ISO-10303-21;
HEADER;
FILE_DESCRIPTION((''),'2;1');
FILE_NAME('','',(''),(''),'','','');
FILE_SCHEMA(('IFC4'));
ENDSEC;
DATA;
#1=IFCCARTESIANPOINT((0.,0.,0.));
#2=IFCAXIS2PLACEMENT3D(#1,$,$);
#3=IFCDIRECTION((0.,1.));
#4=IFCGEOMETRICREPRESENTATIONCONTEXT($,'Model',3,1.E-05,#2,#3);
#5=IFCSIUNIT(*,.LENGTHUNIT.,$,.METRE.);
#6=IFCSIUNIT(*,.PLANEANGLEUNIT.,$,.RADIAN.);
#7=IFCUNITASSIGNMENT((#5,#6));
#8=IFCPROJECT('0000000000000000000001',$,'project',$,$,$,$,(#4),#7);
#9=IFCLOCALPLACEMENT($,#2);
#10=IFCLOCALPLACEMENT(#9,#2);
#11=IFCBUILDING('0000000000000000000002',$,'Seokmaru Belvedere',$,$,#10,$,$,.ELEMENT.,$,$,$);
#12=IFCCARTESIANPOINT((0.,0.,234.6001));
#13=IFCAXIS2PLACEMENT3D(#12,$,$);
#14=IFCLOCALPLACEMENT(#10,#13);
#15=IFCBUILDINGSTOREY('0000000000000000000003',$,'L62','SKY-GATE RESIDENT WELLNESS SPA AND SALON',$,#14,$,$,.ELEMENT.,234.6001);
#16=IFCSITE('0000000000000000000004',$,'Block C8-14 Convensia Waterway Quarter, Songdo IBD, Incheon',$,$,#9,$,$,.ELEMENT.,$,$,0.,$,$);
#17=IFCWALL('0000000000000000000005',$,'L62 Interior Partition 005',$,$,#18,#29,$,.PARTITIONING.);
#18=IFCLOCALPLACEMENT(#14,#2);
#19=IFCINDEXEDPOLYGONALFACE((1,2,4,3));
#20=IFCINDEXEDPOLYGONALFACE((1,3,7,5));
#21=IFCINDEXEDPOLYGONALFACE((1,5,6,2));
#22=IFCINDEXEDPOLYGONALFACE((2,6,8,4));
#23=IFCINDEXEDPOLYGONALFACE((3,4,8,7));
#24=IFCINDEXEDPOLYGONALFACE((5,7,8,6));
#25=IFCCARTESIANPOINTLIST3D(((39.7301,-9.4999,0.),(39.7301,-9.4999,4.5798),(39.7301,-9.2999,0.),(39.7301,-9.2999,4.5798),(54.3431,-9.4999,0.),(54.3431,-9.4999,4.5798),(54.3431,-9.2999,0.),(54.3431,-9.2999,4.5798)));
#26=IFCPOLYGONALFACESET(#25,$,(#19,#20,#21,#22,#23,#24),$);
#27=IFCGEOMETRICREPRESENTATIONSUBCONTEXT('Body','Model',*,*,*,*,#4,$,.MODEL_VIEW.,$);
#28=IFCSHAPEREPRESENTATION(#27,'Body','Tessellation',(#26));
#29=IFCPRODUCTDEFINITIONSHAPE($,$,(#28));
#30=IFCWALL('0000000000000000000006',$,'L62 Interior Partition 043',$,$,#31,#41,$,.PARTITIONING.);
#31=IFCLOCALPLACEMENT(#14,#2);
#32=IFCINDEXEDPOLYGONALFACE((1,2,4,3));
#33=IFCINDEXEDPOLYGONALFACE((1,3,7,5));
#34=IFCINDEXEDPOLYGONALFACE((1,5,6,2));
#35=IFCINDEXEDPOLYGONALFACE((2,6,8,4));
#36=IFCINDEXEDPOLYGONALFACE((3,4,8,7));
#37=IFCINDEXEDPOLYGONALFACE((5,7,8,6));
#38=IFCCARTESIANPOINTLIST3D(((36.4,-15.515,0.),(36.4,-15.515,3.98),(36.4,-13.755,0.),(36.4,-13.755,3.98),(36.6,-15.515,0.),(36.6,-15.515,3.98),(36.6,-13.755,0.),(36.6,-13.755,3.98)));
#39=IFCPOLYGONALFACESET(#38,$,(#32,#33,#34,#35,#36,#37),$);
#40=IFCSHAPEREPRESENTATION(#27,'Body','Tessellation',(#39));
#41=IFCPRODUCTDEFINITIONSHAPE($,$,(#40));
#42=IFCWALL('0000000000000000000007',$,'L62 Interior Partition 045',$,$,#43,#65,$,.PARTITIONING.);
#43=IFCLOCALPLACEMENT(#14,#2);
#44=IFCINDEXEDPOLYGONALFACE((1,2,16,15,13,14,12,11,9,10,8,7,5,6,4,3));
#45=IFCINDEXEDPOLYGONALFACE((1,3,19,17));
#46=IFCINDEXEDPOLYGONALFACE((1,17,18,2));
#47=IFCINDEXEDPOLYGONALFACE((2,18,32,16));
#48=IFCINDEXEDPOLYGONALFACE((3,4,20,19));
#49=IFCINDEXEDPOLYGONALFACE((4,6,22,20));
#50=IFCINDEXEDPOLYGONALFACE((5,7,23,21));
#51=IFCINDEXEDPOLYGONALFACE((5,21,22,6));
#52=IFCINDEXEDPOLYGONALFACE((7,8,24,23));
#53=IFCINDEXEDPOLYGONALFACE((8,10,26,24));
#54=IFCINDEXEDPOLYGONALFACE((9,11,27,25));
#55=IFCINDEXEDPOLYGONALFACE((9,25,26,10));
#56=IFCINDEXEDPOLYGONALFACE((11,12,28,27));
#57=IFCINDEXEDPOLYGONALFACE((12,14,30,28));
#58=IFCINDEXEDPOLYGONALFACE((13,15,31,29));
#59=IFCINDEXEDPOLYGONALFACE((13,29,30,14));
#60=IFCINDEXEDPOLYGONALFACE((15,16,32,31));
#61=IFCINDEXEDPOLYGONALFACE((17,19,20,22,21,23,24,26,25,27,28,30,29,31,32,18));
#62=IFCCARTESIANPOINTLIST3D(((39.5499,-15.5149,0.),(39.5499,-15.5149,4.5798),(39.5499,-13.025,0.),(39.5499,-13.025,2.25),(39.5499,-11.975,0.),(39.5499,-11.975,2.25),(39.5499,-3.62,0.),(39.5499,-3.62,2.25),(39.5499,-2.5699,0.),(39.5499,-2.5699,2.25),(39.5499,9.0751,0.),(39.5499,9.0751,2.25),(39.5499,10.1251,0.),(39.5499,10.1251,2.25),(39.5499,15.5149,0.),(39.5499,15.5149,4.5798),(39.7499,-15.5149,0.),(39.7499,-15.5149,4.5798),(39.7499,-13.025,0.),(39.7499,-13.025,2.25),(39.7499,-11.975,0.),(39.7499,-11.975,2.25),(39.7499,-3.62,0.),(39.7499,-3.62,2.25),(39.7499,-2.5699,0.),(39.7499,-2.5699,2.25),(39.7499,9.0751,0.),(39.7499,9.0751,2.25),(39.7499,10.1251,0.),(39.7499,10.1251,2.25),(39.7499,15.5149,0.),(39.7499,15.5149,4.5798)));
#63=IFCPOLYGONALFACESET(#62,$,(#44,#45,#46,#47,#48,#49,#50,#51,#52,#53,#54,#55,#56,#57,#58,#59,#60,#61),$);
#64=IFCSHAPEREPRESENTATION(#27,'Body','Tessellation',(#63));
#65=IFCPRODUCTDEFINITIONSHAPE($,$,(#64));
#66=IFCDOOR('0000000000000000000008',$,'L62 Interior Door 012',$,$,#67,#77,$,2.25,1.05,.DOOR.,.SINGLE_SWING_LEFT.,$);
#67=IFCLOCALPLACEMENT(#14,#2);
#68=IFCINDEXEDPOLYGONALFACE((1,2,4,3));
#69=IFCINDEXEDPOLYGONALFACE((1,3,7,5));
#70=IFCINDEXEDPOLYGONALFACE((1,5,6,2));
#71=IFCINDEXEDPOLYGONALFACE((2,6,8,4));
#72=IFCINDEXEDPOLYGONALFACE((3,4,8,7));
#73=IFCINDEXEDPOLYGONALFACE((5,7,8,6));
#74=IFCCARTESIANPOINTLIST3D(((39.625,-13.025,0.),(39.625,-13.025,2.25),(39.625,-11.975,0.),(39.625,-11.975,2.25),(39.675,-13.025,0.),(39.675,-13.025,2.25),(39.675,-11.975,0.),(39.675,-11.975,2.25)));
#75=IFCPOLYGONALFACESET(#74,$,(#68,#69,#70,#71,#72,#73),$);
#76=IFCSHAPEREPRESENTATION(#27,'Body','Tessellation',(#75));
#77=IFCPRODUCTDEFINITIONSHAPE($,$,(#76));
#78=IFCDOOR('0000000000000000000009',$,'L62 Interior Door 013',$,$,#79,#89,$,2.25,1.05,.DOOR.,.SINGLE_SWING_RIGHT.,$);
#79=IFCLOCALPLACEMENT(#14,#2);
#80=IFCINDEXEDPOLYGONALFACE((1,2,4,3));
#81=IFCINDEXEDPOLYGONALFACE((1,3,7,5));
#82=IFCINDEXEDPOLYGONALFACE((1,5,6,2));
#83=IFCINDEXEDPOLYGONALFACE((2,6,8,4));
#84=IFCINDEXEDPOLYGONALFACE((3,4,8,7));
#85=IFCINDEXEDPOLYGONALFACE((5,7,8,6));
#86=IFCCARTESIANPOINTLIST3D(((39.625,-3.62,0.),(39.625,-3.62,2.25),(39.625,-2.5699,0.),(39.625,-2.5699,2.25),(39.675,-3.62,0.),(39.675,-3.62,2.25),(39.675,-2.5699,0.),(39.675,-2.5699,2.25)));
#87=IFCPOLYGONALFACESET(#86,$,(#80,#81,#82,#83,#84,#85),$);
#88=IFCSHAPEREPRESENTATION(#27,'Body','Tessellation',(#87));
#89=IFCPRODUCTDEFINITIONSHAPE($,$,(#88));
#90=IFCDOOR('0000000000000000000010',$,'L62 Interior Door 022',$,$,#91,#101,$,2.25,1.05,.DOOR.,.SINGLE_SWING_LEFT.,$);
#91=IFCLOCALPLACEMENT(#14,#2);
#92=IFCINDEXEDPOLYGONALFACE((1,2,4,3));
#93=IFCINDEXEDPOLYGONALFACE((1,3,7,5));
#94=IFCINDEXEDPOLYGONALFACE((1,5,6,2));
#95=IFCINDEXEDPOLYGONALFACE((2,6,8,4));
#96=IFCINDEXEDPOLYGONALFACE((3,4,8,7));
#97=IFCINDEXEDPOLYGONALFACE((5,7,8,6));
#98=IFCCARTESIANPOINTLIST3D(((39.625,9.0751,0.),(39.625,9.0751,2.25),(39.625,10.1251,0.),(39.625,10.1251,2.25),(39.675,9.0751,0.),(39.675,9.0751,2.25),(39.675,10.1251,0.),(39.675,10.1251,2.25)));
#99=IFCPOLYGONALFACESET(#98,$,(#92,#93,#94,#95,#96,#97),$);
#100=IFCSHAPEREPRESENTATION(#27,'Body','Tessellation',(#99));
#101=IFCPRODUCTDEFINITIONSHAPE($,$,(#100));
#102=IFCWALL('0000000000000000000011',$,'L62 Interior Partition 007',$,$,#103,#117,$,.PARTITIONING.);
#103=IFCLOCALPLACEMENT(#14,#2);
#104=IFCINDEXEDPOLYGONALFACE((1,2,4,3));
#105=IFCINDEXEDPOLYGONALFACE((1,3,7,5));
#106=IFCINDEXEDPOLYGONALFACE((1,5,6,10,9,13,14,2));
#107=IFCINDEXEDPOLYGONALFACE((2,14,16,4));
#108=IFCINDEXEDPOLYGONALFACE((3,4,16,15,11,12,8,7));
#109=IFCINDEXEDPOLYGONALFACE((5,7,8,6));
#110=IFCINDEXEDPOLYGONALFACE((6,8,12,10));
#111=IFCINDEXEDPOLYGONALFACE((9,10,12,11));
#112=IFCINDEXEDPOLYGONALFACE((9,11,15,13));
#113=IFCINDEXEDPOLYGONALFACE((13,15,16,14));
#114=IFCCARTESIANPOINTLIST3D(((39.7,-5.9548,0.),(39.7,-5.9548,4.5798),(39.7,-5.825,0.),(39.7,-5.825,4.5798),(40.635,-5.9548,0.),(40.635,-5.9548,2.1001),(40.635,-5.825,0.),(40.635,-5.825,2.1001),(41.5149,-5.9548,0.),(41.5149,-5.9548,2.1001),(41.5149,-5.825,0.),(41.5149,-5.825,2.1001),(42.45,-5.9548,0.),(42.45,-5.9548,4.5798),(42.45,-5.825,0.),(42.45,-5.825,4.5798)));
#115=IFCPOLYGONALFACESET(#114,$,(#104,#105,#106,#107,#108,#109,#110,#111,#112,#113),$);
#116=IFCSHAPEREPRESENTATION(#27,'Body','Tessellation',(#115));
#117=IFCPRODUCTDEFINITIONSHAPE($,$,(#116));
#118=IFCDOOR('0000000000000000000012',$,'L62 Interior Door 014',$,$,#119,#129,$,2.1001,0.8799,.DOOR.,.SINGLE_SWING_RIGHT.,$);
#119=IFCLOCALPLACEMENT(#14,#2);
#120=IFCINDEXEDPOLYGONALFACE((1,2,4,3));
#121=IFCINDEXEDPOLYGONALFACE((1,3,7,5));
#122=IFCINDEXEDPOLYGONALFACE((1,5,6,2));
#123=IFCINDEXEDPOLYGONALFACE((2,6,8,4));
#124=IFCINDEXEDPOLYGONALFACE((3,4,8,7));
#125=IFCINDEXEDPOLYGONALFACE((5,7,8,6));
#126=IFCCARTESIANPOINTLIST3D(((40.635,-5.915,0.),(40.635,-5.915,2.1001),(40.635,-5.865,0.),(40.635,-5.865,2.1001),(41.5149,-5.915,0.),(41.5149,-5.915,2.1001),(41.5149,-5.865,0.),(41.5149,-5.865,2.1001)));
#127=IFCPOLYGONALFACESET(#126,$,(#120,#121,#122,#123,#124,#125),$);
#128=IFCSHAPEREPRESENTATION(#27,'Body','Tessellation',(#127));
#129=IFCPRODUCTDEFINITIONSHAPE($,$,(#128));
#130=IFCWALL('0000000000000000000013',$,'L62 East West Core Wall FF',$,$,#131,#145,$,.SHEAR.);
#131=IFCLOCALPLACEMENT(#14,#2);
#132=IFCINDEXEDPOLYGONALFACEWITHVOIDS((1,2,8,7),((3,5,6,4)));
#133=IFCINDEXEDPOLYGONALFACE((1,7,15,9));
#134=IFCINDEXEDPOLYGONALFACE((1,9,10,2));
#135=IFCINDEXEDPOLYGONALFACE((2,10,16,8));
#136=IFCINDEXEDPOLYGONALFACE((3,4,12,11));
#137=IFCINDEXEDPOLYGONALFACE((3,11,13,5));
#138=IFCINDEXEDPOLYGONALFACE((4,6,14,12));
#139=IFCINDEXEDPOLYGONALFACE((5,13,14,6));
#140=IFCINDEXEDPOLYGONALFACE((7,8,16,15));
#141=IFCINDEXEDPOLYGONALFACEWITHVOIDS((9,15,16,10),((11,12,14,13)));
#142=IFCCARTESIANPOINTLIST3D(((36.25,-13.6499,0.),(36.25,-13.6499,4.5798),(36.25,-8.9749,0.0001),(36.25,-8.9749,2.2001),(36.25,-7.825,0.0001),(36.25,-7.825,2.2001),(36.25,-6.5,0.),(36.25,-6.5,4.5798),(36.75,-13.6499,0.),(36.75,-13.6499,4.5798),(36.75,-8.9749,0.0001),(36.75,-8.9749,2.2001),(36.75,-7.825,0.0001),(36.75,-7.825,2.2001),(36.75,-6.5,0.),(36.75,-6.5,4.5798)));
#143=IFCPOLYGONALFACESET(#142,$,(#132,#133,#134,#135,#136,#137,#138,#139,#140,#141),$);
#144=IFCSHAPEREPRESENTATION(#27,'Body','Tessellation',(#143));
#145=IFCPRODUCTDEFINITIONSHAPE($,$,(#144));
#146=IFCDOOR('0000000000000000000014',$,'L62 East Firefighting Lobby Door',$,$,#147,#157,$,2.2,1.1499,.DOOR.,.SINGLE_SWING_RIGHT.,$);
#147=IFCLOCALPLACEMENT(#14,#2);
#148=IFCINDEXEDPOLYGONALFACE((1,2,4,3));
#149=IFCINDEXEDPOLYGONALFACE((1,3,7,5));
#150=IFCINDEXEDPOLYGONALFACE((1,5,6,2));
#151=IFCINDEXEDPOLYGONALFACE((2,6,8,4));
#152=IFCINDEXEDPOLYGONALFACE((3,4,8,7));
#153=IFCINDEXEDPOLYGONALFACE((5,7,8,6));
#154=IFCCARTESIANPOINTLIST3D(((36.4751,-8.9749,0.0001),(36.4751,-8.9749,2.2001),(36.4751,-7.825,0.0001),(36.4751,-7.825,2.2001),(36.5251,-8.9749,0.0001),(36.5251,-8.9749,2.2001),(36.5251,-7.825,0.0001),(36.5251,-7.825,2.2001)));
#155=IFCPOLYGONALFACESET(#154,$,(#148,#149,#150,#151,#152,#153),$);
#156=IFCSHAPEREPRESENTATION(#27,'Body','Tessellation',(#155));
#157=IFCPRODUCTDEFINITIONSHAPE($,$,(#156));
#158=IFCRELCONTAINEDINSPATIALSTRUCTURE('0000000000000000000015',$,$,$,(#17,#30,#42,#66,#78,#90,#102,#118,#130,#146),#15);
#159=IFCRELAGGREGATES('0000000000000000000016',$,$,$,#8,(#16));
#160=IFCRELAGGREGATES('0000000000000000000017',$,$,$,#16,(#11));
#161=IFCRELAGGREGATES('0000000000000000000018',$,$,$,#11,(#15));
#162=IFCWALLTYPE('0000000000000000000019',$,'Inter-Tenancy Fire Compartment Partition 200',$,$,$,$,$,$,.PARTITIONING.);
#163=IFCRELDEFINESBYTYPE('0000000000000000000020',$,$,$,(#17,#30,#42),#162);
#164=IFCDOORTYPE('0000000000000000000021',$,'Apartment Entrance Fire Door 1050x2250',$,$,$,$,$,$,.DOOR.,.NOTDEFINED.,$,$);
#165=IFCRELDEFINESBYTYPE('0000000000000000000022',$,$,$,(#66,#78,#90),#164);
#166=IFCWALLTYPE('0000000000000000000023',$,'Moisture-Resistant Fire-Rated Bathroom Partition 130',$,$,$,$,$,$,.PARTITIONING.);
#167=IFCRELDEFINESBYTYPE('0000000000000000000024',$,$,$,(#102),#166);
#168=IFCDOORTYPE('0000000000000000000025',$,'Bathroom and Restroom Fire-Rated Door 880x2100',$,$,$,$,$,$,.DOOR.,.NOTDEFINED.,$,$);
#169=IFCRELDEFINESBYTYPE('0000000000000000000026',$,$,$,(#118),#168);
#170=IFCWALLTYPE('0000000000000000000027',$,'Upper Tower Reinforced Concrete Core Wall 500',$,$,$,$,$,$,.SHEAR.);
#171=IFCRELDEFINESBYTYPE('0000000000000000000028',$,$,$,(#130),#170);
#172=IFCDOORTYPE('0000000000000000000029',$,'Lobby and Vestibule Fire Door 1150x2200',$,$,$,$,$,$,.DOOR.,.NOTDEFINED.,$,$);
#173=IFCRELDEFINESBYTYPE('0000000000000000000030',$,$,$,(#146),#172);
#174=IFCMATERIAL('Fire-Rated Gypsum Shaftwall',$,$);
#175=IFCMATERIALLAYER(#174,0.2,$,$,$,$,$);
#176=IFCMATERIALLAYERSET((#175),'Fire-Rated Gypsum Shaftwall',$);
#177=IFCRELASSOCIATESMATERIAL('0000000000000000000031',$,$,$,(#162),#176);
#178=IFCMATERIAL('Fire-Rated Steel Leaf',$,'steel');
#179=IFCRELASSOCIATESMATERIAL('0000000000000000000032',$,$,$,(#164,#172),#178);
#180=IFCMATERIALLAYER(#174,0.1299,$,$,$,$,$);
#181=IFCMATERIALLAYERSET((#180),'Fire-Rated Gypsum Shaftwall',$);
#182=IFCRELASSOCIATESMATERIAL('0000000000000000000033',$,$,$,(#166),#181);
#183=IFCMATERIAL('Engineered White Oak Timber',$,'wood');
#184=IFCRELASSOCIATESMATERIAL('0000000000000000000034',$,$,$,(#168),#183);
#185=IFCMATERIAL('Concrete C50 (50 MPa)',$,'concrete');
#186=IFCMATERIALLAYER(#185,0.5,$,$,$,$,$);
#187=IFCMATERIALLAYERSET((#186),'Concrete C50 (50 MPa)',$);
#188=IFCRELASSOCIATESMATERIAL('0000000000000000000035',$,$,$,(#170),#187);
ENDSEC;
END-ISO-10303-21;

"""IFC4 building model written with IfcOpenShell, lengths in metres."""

from ifc_helpers import new_model, si_unit, direction, frame, frame_2d, origin, place, context, subcontext, project, spatial, rectangle, extrude, source, transform, mapped, material, layer, layer_set, type_object, type_shapes, element, fill, save


model = new_model("IFC4")

# Units and contexts
model_context = context("Model", 3, precision=1e-05, world=origin(), true_north=direction((0.0, 1.0)))
body_context = subcontext(model_context, "Body", "Model", "MODEL_VIEW")
ifc_project = project(units=[si_unit("LENGTHUNIT", "METRE"), si_unit("PLANEANGLEUNIT", "RADIAN")], contexts=[model_context])

# Site, building, storey
site_placement = place(None, origin())
site = spatial("IfcSite", under=ifc_project, at=site_placement, Name="Block C8-14 Convensia Waterway Quarter, Songdo IBD, Incheon", CompositionType="ELEMENT", RefElevation=0.0)
building_placement = place(site_placement, origin())
building = spatial("IfcBuilding", under=site, at=building_placement, Name="Seokmaru Belvedere", CompositionType="ELEMENT")
storey_placement = place(building_placement, frame((0.0, 0.0, 234.6001)))
storey = spatial("IfcBuildingStorey", under=building, at=storey_placement, Name="L62", Description="SKY-GATE RESIDENT WELLNESS SPA AND SALON", CompositionType="ELEMENT", Elevation=234.6001)

# Walls
ifc_material_1 = material(Name="Fire-Rated Gypsum Shaftwall")
ifc_layer_1 = layer(ifc_material_1, 0.2)
ifc_layer_set_1 = layer_set([ifc_layer_1], Name="Fire-Rated Gypsum Shaftwall")
wall_type_1 = type_object("IfcWallType", Name="Inter-Tenancy Fire Compartment Partition 200", PredefinedType="PARTITIONING", material=ifc_layer_set_1)
wall_1_placement = place(storey_placement, frame((39.73, -9.3999, 0.0), z_axis=(0.0, 0.0, 1.0), x_axis=(1.0, 0.0, 0.0)))
element("IfcWall", 1, at=wall_1_placement, inside=storey, type_object=wall_type_1, Name="L62 Interior Partition 005", PredefinedType="PARTITIONING", context=body_context, shape_type="SweptSolid", body=[
    extrude(rectangle(XDim=14.613, YDim=0.2, at=frame_2d((7.3066, 0.0))), origin(), (0.0, 0.0, 1.0), 4.5798),
])
wall_2_placement = place(storey_placement, frame((36.5, -15.5149, 0.0), z_axis=(0.0, 0.0, 1.0), x_axis=(0.0, 1.0, 0.0)))
element("IfcWall", 2, at=wall_2_placement, inside=storey, type_object=wall_type_1, Name="L62 Interior Partition 043", PredefinedType="PARTITIONING", context=body_context, shape_type="SweptSolid", body=[
    extrude(rectangle(XDim=1.76, YDim=0.2, at=frame_2d((0.8799, 0.0))), origin(), (0.0, 0.0, 1.0), 3.98),
])

# Wall, openings, doors
wall_3_placement = place(storey_placement, frame((39.6499, -15.5149, 0.0), z_axis=(0.0, 0.0, 1.0), x_axis=(0.0, 1.0, 0.0)))
wall_3 = element("IfcWall", 3, at=wall_3_placement, inside=storey, type_object=wall_type_1, Name="L62 Interior Partition 045", PredefinedType="PARTITIONING", context=body_context, shape_type="SweptSolid", body=[
    extrude(rectangle(XDim=31.0298, YDim=0.2, at=frame_2d((15.5149, 0.0))), origin(), (0.0, 0.0, 1.0), 4.5798),
])
opening_1_placement = place(wall_3_placement, frame((2.49, 0.0, 0.0)))
opening_1 = element("IfcOpeningElement", 4, at=opening_1_placement, cuts=wall_3, PredefinedType="OPENING", context=body_context, shape_type="SweptSolid", body=[
    extrude(rectangle(XDim=1.05, YDim=2.25, at=frame_2d((0.5249, 1.125))), frame((0.0, 0.1099, 0.0), z_axis=(0.0, -1.0, 0.0), x_axis=(1.0, 0.0, 0.0)), (0.0, 0.0, 1.0), 0.22),
])
opening_2_placement = place(wall_3_placement, frame((11.895, 0.0, 0.0)))
opening_2 = element("IfcOpeningElement", 5, at=opening_2_placement, cuts=wall_3, PredefinedType="OPENING", context=body_context, shape_type="SweptSolid", body=[
    extrude(rectangle(XDim=1.05, YDim=2.25, at=frame_2d((0.5249, 1.125))), frame((0.0, 0.1099, 0.0), z_axis=(0.0, -1.0, 0.0), x_axis=(1.0, 0.0, 0.0)), (0.0, 0.0, 1.0), 0.22),
])
opening_3_placement = place(wall_3_placement, frame((24.5901, 0.0, 0.0)))
opening_3 = element("IfcOpeningElement", 6, at=opening_3_placement, cuts=wall_3, PredefinedType="OPENING", context=body_context, shape_type="SweptSolid", body=[
    extrude(rectangle(XDim=1.05, YDim=2.25, at=frame_2d((0.5249, 1.125))), frame((0.0, 0.1099, 0.0), z_axis=(0.0, -1.0, 0.0), x_axis=(1.0, 0.0, 0.0)), (0.0, 0.0, 1.0), 0.22),
])
ifc_material_2 = material(Name="Fire-Rated Steel Leaf", Category="steel")
door_type_1 = type_object("IfcDoorType", Name="Apartment Entrance Fire Door 1050x2250", OperationType="NOTDEFINED", PredefinedType="DOOR", material=ifc_material_2)
shared_shape_1 = source(origin(), body_context, "Body", "SweptSolid", [
    extrude(rectangle(XDim=1.05, YDim=2.25, at=frame_2d((0.5249, 1.125))), frame((0.0, 0.0249, 0.0), z_axis=(0.0, -1.0, 0.0), x_axis=(1.0, 0.0, 0.0)), (0.0, 0.0, 1.0), 0.05),
])
type_shapes(door_type_1, [shared_shape_1])
door_1_placement = place(opening_1_placement, origin())
door_1 = element("IfcDoor", 7, at=door_1_placement, inside=storey, type_object=door_type_1, Name="L62 Interior Door 012", OperationType="SINGLE_SWING_LEFT", OverallHeight=2.25, OverallWidth=1.05, PredefinedType="DOOR", context=body_context, shape_type="MappedRepresentation", body=[
    mapped(shared_shape_1, transform((0.0, 0.0, 0.0), scale=1.0)),
])
fill(opening_1, door_1)
door_2_placement = place(opening_2_placement, origin())
door_2 = element("IfcDoor", 8, at=door_2_placement, inside=storey, type_object=door_type_1, Name="L62 Interior Door 013", OperationType="SINGLE_SWING_RIGHT", OverallHeight=2.25, OverallWidth=1.05, PredefinedType="DOOR", context=body_context, shape_type="MappedRepresentation", body=[
    mapped(shared_shape_1, transform((0.0, 0.0, 0.0), scale=1.0)),
])
fill(opening_2, door_2)
door_3_placement = place(opening_3_placement, origin())
door_3 = element("IfcDoor", 9, at=door_3_placement, inside=storey, type_object=door_type_1, Name="L62 Interior Door 022", OperationType="SINGLE_SWING_LEFT", OverallHeight=2.25, OverallWidth=1.05, PredefinedType="DOOR", context=body_context, shape_type="MappedRepresentation", body=[
    mapped(shared_shape_1, transform((0.0, 0.0, 0.0), scale=1.0)),
])
fill(opening_3, door_3)

# Walls, openings, doors
ifc_layer_2 = layer(ifc_material_1, 0.1299)
ifc_layer_set_2 = layer_set([ifc_layer_2], Name="Fire-Rated Gypsum Shaftwall")
wall_type_2 = type_object("IfcWallType", Name="Moisture-Resistant Fire-Rated Bathroom Partition 130", PredefinedType="PARTITIONING", material=ifc_layer_set_2)
wall_4_placement = place(storey_placement, frame((39.7, -5.8899, 0.0), z_axis=(0.0, 0.0, 1.0), x_axis=(1.0, 0.0, 0.0)))
wall_4 = element("IfcWall", 10, at=wall_4_placement, inside=storey, type_object=wall_type_2, Name="L62 Interior Partition 007", PredefinedType="PARTITIONING", context=body_context, shape_type="SweptSolid", body=[
    extrude(rectangle(XDim=2.75, YDim=0.1299, at=frame_2d((1.375, 0.0))), origin(), (0.0, 0.0, 1.0), 4.5798),
])
opening_4_placement = place(wall_4_placement, frame((0.9351, 0.0, 0.0)))
opening_4 = element("IfcOpeningElement", 11, at=opening_4_placement, cuts=wall_4, PredefinedType="OPENING", context=body_context, shape_type="SweptSolid", body=[
    extrude(rectangle(XDim=0.8799, YDim=2.1001, at=frame_2d((0.4399, 1.05))), frame((0.0, 0.075, 0.0), z_axis=(0.0, -1.0, 0.0), x_axis=(1.0, 0.0, 0.0)), (0.0, 0.0, 1.0), 0.1499),
])
ifc_material_3 = material(Name="Engineered White Oak Timber", Category="wood")
door_type_2 = type_object("IfcDoorType", Name="Bathroom and Restroom Fire-Rated Door 880x2100", OperationType="NOTDEFINED", PredefinedType="DOOR", material=ifc_material_3)
shared_shape_2 = source(origin(), body_context, "Body", "SweptSolid", [
    extrude(rectangle(XDim=0.8799, YDim=2.1001, at=frame_2d((0.4399, 1.05))), frame((0.0, 0.0249, 0.0), z_axis=(0.0, -1.0, 0.0), x_axis=(1.0, 0.0, 0.0)), (0.0, 0.0, 1.0), 0.05),
])
type_shapes(door_type_2, [shared_shape_2])
door_4_placement = place(opening_4_placement, origin())
door_4 = element("IfcDoor", 12, at=door_4_placement, inside=storey, type_object=door_type_2, Name="L62 Interior Door 014", OperationType="SINGLE_SWING_RIGHT", OverallHeight=2.1001, OverallWidth=0.8799, PredefinedType="DOOR", context=body_context, shape_type="MappedRepresentation", body=[
    mapped(shared_shape_2, transform((0.0, 0.0, 0.0), scale=1.0)),
])
fill(opening_4, door_4)
ifc_material_4 = material(Name="Concrete C50 (50 MPa)", Category="concrete")
ifc_layer_3 = layer(ifc_material_4, 0.5)
ifc_layer_set_3 = layer_set([ifc_layer_3], Name="Concrete C50 (50 MPa)")
wall_type_3 = type_object("IfcWallType", Name="Upper Tower Reinforced Concrete Core Wall 500", PredefinedType="SHEAR", material=ifc_layer_set_3)
wall_5_placement = place(storey_placement, frame((36.5, -13.6499, 0.0), z_axis=(0.0, 0.0, 1.0), x_axis=(0.0, 1.0, 0.0)))
wall_5 = element("IfcWall", 13, at=wall_5_placement, inside=storey, type_object=wall_type_3, Name="L62 East West Core Wall FF", PredefinedType="SHEAR", context=body_context, shape_type="SweptSolid", body=[
    extrude(rectangle(XDim=7.1499, YDim=0.5, at=frame_2d((3.575, 0.0))), origin(), (0.0, 0.0, 1.0), 4.5798),
])
opening_5_placement = place(wall_5_placement, frame((4.675, 0.0, 0.0)))
opening_5 = element("IfcOpeningElement", 14, at=opening_5_placement, cuts=wall_5, PredefinedType="OPENING", context=body_context, shape_type="SweptSolid", body=[
    extrude(rectangle(XDim=1.1499, YDim=2.2, at=frame_2d((0.575, 1.1001))), frame((0.0, 0.26, 0.0), z_axis=(0.0, -1.0, 0.0), x_axis=(1.0, 0.0, 0.0)), (0.0, 0.0, 1.0), 0.52),
])
door_type_3 = type_object("IfcDoorType", Name="Lobby and Vestibule Fire Door 1150x2200", OperationType="NOTDEFINED", PredefinedType="DOOR", material=ifc_material_2)
shared_shape_3 = source(origin(), body_context, "Body", "SweptSolid", [
    extrude(rectangle(XDim=1.1499, YDim=2.2, at=frame_2d((0.575, 1.1001))), frame((0.0, 0.0249, 0.0), z_axis=(0.0, -1.0, 0.0), x_axis=(1.0, 0.0, 0.0)), (0.0, 0.0, 1.0), 0.05),
])
type_shapes(door_type_3, [shared_shape_3])
door_5_placement = place(opening_5_placement, origin())
door_5 = element("IfcDoor", 15, at=door_5_placement, inside=storey, type_object=door_type_3, Name="L62 East Firefighting Lobby Door", OperationType="SINGLE_SWING_RIGHT", OverallHeight=2.2, OverallWidth=1.1499, PredefinedType="DOOR", context=body_context, shape_type="MappedRepresentation", body=[
    mapped(shared_shape_3, transform((0.0, 0.0, 0.0), scale=1.0)),
])
fill(opening_5, door_5)

save(model, "model.ifc")
